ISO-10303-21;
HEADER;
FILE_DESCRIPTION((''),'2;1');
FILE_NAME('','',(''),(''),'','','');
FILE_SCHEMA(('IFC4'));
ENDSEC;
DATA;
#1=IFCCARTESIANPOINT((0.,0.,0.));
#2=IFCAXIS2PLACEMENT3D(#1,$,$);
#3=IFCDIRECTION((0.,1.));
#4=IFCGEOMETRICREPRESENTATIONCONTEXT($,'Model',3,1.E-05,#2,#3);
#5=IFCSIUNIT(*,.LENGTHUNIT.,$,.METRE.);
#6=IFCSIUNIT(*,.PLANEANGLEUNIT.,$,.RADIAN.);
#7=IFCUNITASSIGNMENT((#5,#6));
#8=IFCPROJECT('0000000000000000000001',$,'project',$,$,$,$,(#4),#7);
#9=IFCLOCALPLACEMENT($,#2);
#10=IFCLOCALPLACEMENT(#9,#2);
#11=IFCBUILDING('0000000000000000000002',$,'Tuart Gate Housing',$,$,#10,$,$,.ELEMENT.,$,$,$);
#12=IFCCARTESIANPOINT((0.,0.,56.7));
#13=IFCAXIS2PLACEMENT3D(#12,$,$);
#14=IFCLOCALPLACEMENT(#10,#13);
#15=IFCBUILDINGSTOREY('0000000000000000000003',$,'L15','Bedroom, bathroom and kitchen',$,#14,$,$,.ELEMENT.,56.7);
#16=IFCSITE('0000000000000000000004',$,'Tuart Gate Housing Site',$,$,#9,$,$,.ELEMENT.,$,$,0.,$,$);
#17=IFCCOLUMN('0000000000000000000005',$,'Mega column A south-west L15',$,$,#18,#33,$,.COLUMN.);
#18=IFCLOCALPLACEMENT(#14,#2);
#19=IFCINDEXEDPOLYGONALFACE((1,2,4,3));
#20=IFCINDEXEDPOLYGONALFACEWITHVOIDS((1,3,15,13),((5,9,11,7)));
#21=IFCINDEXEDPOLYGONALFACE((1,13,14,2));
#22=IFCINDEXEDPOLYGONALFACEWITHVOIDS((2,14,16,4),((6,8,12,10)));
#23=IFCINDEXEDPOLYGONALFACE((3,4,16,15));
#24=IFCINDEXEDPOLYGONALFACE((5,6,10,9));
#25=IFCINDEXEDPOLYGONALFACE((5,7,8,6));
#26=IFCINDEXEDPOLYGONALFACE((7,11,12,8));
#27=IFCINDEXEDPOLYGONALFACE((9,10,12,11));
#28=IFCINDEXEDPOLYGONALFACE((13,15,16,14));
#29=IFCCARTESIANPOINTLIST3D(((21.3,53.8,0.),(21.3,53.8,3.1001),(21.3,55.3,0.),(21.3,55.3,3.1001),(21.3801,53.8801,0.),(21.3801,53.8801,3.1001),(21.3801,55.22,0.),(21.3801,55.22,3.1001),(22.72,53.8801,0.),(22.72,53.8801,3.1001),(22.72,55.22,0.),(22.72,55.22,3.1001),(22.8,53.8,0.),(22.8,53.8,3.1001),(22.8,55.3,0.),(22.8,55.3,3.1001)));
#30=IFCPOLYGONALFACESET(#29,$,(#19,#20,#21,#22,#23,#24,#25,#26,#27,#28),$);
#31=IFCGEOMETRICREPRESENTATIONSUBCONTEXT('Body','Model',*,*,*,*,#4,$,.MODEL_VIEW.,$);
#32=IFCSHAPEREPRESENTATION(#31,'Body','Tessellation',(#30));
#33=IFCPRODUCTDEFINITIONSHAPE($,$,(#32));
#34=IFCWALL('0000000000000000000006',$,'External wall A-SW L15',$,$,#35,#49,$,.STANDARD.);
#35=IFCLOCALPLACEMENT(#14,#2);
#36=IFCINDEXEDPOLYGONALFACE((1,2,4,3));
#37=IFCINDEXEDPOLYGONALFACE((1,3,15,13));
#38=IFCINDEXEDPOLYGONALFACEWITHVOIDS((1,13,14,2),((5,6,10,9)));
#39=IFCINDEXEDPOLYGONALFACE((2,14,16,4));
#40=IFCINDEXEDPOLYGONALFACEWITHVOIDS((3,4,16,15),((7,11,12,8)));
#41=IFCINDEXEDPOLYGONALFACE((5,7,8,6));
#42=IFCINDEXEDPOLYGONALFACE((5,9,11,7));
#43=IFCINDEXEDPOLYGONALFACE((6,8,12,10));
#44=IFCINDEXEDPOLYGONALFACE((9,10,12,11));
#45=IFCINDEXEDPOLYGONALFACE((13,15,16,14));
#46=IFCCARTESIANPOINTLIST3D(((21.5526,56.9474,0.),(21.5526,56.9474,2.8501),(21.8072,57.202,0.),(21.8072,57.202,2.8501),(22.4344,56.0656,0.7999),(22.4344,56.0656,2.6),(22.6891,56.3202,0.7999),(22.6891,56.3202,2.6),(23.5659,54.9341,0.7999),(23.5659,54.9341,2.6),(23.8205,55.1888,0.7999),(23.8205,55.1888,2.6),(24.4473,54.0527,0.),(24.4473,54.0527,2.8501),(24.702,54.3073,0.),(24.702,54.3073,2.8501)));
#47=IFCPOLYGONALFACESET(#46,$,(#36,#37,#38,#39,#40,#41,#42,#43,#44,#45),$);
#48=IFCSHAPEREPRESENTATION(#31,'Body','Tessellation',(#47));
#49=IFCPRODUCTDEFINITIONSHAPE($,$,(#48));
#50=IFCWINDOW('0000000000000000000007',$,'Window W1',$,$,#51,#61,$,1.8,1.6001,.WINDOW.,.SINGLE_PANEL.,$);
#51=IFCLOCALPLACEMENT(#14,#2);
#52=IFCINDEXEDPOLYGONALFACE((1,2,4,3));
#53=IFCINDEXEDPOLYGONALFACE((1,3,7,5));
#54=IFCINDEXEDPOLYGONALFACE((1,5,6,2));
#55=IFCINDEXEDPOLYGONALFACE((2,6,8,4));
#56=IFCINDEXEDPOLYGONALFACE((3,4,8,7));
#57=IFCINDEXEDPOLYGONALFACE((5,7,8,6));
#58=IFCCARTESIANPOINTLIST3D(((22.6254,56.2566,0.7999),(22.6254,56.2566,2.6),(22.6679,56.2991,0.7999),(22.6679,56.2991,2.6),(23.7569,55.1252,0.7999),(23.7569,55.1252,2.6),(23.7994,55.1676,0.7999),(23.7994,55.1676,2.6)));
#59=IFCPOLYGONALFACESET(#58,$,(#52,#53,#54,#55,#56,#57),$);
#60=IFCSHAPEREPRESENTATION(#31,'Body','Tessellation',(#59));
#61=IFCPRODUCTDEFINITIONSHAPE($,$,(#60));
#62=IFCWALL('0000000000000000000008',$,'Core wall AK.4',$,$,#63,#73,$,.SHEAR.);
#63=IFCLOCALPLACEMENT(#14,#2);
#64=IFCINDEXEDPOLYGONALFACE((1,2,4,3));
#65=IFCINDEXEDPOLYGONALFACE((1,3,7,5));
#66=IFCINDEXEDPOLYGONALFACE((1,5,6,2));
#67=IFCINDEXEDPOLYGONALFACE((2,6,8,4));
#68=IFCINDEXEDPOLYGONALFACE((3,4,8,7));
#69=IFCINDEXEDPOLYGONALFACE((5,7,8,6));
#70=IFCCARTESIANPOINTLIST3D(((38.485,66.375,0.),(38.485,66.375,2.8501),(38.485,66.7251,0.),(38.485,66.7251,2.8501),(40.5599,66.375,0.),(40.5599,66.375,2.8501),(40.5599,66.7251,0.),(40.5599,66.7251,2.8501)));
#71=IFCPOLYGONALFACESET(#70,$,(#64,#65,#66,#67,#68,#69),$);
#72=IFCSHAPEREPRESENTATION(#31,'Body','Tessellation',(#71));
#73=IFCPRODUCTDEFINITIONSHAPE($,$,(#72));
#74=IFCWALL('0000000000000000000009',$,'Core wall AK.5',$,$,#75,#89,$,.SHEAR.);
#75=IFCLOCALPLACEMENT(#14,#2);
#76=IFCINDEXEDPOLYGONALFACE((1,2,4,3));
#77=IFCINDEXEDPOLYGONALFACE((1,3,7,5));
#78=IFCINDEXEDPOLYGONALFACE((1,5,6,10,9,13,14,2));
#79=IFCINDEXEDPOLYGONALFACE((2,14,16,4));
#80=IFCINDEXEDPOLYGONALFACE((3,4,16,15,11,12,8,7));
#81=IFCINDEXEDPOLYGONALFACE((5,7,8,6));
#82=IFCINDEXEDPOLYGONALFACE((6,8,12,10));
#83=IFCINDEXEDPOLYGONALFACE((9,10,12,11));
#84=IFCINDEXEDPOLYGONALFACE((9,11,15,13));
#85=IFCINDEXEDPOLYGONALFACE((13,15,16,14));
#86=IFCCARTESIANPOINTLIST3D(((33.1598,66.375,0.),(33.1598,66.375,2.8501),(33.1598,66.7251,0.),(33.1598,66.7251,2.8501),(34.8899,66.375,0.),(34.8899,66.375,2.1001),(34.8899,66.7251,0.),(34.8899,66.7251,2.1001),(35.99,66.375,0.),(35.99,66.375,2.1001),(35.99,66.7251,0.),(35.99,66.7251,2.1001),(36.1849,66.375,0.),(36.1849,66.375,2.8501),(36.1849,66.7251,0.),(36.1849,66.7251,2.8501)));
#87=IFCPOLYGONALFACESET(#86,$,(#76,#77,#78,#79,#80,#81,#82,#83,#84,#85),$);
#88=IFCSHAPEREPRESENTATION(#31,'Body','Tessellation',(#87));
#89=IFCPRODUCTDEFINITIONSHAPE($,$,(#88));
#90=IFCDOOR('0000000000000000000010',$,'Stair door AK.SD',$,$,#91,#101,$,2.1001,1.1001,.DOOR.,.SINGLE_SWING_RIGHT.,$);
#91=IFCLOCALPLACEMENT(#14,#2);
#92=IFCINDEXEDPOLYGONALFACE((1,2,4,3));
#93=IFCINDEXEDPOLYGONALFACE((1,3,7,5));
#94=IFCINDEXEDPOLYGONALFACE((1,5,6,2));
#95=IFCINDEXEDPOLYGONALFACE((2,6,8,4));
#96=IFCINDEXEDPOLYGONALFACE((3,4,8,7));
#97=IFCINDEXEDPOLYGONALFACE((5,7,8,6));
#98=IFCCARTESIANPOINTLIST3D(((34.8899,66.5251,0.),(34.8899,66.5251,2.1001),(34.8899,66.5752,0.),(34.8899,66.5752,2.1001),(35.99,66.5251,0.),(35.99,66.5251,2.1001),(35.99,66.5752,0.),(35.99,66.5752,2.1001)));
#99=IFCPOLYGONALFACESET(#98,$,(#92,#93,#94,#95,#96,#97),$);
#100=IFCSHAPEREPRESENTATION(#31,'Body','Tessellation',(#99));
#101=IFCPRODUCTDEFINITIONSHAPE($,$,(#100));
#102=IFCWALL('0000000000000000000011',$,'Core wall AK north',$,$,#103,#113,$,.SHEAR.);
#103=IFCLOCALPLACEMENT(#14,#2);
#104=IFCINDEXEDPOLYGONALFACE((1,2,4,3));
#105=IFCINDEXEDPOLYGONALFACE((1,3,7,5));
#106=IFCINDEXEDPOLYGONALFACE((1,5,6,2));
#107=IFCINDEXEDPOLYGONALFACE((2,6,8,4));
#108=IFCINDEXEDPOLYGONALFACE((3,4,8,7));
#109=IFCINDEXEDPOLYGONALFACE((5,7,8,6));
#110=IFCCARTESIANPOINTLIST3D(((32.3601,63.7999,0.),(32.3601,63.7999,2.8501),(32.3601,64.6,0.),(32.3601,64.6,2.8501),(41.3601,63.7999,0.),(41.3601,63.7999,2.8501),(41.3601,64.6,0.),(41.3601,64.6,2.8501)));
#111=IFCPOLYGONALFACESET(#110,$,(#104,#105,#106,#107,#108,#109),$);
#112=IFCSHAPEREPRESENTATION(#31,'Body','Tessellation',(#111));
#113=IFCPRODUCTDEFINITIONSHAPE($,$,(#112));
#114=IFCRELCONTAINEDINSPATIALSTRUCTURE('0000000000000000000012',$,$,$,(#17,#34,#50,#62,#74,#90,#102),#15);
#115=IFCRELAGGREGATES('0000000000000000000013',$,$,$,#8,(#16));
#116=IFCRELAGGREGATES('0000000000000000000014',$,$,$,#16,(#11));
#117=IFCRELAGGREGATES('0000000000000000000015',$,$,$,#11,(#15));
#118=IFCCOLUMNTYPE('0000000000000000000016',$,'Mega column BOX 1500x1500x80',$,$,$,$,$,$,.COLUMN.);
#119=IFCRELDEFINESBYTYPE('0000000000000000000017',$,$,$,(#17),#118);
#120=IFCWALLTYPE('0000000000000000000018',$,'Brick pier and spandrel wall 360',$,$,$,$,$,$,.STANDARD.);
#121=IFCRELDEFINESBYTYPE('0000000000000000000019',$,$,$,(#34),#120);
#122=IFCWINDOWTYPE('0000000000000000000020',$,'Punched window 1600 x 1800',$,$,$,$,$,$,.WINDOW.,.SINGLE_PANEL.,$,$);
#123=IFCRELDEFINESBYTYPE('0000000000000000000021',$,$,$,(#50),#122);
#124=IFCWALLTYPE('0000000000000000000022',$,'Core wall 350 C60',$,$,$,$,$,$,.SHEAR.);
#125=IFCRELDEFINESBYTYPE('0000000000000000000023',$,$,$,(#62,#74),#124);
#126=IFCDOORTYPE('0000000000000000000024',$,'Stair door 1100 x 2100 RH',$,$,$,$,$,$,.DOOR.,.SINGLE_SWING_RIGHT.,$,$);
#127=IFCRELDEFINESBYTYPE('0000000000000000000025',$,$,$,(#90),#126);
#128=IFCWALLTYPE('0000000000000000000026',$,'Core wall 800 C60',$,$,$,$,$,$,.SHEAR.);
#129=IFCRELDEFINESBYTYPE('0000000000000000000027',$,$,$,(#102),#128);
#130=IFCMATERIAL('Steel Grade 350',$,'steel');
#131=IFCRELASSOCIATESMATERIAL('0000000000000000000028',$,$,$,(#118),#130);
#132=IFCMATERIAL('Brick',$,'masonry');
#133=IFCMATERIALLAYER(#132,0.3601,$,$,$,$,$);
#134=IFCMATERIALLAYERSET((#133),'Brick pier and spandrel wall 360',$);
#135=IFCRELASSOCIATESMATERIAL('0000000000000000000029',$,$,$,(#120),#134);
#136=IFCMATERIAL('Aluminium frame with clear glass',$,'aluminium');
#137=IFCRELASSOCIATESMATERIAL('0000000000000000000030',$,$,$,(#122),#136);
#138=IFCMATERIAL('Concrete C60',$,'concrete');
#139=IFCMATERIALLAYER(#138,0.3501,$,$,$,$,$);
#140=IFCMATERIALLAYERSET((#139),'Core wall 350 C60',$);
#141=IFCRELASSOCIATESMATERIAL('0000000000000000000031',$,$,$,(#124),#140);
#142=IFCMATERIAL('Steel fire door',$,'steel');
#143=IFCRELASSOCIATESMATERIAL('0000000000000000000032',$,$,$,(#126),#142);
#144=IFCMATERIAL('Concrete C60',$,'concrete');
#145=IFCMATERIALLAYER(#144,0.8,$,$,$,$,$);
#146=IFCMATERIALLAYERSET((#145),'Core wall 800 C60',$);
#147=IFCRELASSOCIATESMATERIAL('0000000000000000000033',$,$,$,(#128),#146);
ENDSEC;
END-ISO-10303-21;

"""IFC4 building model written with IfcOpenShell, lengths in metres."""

from ifc_helpers import new_model, si_unit, direction, frame, frame_2d, origin, origin_2d, place, context, subcontext, project, spatial, rectangle, hollow_rectangle, extrude, material, layer, layer_set, material_profile, profile_set, type_object, element, fill, save


model = new_model("IFC4")

# Units and contexts
model_context = context("Model", 3, precision=1e-05, world=origin(), true_north=direction((0.0, 1.0)))
body_context = subcontext(model_context, "Body", "Model", "MODEL_VIEW")
ifc_project = project(units=[si_unit("LENGTHUNIT", "METRE"), si_unit("PLANEANGLEUNIT", "RADIAN")], contexts=[model_context])

# Site, building, storey
site_placement = place(None, origin())
site = spatial("IfcSite", under=ifc_project, at=site_placement, Name="Tuart Gate Housing Site", CompositionType="ELEMENT", RefElevation=0.0)
building_placement = place(site_placement, origin())
building = spatial("IfcBuilding", under=site, at=building_placement, Name="Tuart Gate Housing", CompositionType="ELEMENT")
storey_placement = place(building_placement, frame((0.0, 0.0, 56.7)))
storey = spatial("IfcBuildingStorey", under=building, at=storey_placement, Name="L15", Description="Bedroom, bathroom and kitchen", CompositionType="ELEMENT", Elevation=56.7)

# Column
ifc_material_1 = material(Name="Steel Grade 350", Category="steel")
ifc_material_profile = material_profile(ifc_material_1, hollow_rectangle(XDim=1.5, YDim=1.5, WallThickness=0.0801, at=origin_2d()), Name="BOX 1500x1500x80")
ifc_profile_set = profile_set([ifc_material_profile], Name="Steel Grade 350")
column_type = type_object("IfcColumnType", Name="Mega column BOX 1500x1500x80", PredefinedType="COLUMN", material=ifc_profile_set)
column_placement = place(storey_placement, frame((22.05, 54.55, 0.0), z_axis=(0.0, 0.0, 1.0), x_axis=(1.0, 0.0, 0.0)))
element("IfcColumn", 1, at=column_placement, inside=storey, type_object=column_type, Name="Mega column A south-west L15", PredefinedType="COLUMN", context=body_context, shape_type="SweptSolid", body=[
    extrude(hollow_rectangle(XDim=1.5, YDim=1.5, WallThickness=0.0801, at=origin_2d()), origin(), (0.0, 0.0, 1.0), 3.1001),
])

# Wall, opening, window
ifc_material_2 = material(Name="Brick", Category="masonry")
ifc_layer_1 = layer(ifc_material_2, 0.3601)
ifc_layer_set_1 = layer_set([ifc_layer_1], Name="Brick pier and spandrel wall 360")
wall_type_1 = type_object("IfcWallType", Name="Brick pier and spandrel wall 360", PredefinedType="STANDARD", material=ifc_layer_set_1)
wall_1_placement = place(storey_placement, frame((21.6799, 57.0747, 0.0), z_axis=(0.0, 0.0, 1.0), x_axis=(0.707107, -0.707107, 0.0)))
wall_1 = element("IfcWall", 2, at=wall_1_placement, inside=storey, type_object=wall_type_1, Name="External wall A-SW L15", PredefinedType="STANDARD", context=body_context, shape_type="SweptSolid", body=[
    extrude(rectangle(XDim=4.0938, YDim=0.3601, at=frame_2d((2.0469, 0.0))), origin(), (0.0, 0.0, 1.0), 2.8501),
])
opening_1_placement = place(wall_1_placement, frame((1.2471, 0.0, 0.8)))
opening_1 = element("IfcOpeningElement", 3, at=opening_1_placement, cuts=wall_1, PredefinedType="OPENING", context=body_context, shape_type="SweptSolid", body=[
    extrude(rectangle(XDim=1.6001, YDim=1.8, at=frame_2d((0.8, 0.8999))), frame((0.0, 0.1899, 0.0), z_axis=(0.0, -1.0, 0.0), x_axis=(1.0, 0.0, 0.0)), (0.0, 0.0, 1.0), 0.3801),
])
ifc_material_3 = material(Name="Aluminium frame with clear glass", Category="aluminium")
window_type = type_object("IfcWindowType", Name="Punched window 1600 x 1800", PartitioningType="SINGLE_PANEL", PredefinedType="WINDOW", material=ifc_material_3)
window_placement = place(opening_1_placement, origin())
window = element("IfcWindow", 4, at=window_placement, inside=storey, type_object=window_type, Name="Window W1", OverallHeight=1.8, OverallWidth=1.6001, PartitioningType="SINGLE_PANEL", PredefinedType="WINDOW", context=body_context, shape_type="SweptSolid", body=[
    extrude(rectangle(XDim=1.6001, YDim=1.8, at=frame_2d((0.8, 0.8999))), frame((0.0, 0.1501, 0.0), z_axis=(0.0, -1.0, 0.0), x_axis=(1.0, 0.0, 0.0)), (0.0, 0.0, 1.0), 0.0601),
])
fill(opening_1, window)

# Wall
ifc_material_4 = material(Name="Concrete C60", Category="concrete")
ifc_layer_2 = layer(ifc_material_4, 0.3501)
ifc_layer_set_2 = layer_set([ifc_layer_2], Name="Core wall 350 C60")
wall_type_2 = type_object("IfcWallType", Name="Core wall 350 C60", PredefinedType="SHEAR", material=ifc_layer_set_2)
wall_2_placement = place(storey_placement, frame((40.5601, 66.55, 0.0), z_axis=(0.0, 0.0, 1.0), x_axis=(-1.0, 0.0, 0.0)))
element("IfcWall", 5, at=wall_2_placement, inside=storey, type_object=wall_type_2, Name="Core wall AK.4", PredefinedType="SHEAR", context=body_context, shape_type="SweptSolid", body=[
    extrude(rectangle(XDim=2.075, YDim=0.3501, at=frame_2d((1.0376, 0.0))), origin(), (0.0, 0.0, 1.0), 2.8501),
])

# Wall, opening, door
wall_3_placement = place(storey_placement, frame((36.1851, 66.55, 0.0), z_axis=(0.0, 0.0, 1.0), x_axis=(-1.0, 0.0, 0.0)))
wall_3 = element("IfcWall", 6, at=wall_3_placement, inside=storey, type_object=wall_type_2, Name="Core wall AK.5", PredefinedType="SHEAR", context=body_context, shape_type="SweptSolid", body=[
    extrude(rectangle(XDim=3.0251, YDim=0.3501, at=frame_2d((1.5127, 0.0))), origin(), (0.0, 0.0, 1.0), 2.8501),
])
opening_2_placement = place(wall_3_placement, frame((0.1951, 0.0, 0.0)))
opening_2 = element("IfcOpeningElement", 7, at=opening_2_placement, cuts=wall_3, PredefinedType="OPENING", context=body_context, shape_type="SweptSolid", body=[
    extrude(rectangle(XDim=1.1001, YDim=2.1001, at=frame_2d((0.55, 1.05))), frame((0.0, 0.1851, 0.0), z_axis=(0.0, -1.0, 0.0), x_axis=(1.0, 0.0, 0.0)), (0.0, 0.0, 1.0), 0.3701),
])
ifc_material_5 = material(Name="Steel fire door", Category="steel")
door_type_1 = type_object("IfcDoorType", Name="Stair door 1100 x 2100 RH", OperationType="SINGLE_SWING_RIGHT", PredefinedType="DOOR", material=ifc_material_5)
door_1_placement = place(opening_2_placement, frame((1.1001, 0.0, 0.0), z_axis=(0.0, 0.0, 1.0), x_axis=(-1.0, 0.0, 0.0)))
door_1 = element("IfcDoor", 8, at=door_1_placement, inside=storey, type_object=door_type_1, Name="Stair door AK.SD", OperationType="SINGLE_SWING_RIGHT", OverallHeight=2.1001, OverallWidth=1.1001, PredefinedType="DOOR", context=body_context, shape_type="SweptSolid", body=[
    extrude(rectangle(XDim=1.1001, YDim=2.1001, at=frame_2d((0.55, 1.05))), frame((0.0, 0.0251, 0.0), z_axis=(0.0, -1.0, 0.0), x_axis=(1.0, 0.0, 0.0)), (0.0, 0.0, 1.0), 0.05),
])
fill(opening_2, door_1)

# Wall
ifc_material_6 = material(Name="Concrete C60", Category="concrete")
ifc_layer_3 = layer(ifc_material_6, 0.8)
ifc_layer_set_3 = layer_set([ifc_layer_3], Name="Core wall 800 C60")
wall_type_3 = type_object("IfcWallType", Name="Core wall 800 C60", PredefinedType="SHEAR", material=ifc_layer_set_3)
wall_4_placement = place(storey_placement, frame((41.3601, 64.2, 0.0), z_axis=(0.0, 0.0, 1.0), x_axis=(-1.0, 0.0, 0.0)))
element("IfcWall", 9, at=wall_4_placement, inside=storey, type_object=wall_type_3, Name="Core wall AK north", PredefinedType="SHEAR", context=body_context, shape_type="SweptSolid", body=[
    extrude(rectangle(XDim=9.0, YDim=0.8, at=frame_2d((4.5, 0.0))), origin(), (0.0, 0.0, 1.0), 2.8501),
])

save(model, "model.ifc")
